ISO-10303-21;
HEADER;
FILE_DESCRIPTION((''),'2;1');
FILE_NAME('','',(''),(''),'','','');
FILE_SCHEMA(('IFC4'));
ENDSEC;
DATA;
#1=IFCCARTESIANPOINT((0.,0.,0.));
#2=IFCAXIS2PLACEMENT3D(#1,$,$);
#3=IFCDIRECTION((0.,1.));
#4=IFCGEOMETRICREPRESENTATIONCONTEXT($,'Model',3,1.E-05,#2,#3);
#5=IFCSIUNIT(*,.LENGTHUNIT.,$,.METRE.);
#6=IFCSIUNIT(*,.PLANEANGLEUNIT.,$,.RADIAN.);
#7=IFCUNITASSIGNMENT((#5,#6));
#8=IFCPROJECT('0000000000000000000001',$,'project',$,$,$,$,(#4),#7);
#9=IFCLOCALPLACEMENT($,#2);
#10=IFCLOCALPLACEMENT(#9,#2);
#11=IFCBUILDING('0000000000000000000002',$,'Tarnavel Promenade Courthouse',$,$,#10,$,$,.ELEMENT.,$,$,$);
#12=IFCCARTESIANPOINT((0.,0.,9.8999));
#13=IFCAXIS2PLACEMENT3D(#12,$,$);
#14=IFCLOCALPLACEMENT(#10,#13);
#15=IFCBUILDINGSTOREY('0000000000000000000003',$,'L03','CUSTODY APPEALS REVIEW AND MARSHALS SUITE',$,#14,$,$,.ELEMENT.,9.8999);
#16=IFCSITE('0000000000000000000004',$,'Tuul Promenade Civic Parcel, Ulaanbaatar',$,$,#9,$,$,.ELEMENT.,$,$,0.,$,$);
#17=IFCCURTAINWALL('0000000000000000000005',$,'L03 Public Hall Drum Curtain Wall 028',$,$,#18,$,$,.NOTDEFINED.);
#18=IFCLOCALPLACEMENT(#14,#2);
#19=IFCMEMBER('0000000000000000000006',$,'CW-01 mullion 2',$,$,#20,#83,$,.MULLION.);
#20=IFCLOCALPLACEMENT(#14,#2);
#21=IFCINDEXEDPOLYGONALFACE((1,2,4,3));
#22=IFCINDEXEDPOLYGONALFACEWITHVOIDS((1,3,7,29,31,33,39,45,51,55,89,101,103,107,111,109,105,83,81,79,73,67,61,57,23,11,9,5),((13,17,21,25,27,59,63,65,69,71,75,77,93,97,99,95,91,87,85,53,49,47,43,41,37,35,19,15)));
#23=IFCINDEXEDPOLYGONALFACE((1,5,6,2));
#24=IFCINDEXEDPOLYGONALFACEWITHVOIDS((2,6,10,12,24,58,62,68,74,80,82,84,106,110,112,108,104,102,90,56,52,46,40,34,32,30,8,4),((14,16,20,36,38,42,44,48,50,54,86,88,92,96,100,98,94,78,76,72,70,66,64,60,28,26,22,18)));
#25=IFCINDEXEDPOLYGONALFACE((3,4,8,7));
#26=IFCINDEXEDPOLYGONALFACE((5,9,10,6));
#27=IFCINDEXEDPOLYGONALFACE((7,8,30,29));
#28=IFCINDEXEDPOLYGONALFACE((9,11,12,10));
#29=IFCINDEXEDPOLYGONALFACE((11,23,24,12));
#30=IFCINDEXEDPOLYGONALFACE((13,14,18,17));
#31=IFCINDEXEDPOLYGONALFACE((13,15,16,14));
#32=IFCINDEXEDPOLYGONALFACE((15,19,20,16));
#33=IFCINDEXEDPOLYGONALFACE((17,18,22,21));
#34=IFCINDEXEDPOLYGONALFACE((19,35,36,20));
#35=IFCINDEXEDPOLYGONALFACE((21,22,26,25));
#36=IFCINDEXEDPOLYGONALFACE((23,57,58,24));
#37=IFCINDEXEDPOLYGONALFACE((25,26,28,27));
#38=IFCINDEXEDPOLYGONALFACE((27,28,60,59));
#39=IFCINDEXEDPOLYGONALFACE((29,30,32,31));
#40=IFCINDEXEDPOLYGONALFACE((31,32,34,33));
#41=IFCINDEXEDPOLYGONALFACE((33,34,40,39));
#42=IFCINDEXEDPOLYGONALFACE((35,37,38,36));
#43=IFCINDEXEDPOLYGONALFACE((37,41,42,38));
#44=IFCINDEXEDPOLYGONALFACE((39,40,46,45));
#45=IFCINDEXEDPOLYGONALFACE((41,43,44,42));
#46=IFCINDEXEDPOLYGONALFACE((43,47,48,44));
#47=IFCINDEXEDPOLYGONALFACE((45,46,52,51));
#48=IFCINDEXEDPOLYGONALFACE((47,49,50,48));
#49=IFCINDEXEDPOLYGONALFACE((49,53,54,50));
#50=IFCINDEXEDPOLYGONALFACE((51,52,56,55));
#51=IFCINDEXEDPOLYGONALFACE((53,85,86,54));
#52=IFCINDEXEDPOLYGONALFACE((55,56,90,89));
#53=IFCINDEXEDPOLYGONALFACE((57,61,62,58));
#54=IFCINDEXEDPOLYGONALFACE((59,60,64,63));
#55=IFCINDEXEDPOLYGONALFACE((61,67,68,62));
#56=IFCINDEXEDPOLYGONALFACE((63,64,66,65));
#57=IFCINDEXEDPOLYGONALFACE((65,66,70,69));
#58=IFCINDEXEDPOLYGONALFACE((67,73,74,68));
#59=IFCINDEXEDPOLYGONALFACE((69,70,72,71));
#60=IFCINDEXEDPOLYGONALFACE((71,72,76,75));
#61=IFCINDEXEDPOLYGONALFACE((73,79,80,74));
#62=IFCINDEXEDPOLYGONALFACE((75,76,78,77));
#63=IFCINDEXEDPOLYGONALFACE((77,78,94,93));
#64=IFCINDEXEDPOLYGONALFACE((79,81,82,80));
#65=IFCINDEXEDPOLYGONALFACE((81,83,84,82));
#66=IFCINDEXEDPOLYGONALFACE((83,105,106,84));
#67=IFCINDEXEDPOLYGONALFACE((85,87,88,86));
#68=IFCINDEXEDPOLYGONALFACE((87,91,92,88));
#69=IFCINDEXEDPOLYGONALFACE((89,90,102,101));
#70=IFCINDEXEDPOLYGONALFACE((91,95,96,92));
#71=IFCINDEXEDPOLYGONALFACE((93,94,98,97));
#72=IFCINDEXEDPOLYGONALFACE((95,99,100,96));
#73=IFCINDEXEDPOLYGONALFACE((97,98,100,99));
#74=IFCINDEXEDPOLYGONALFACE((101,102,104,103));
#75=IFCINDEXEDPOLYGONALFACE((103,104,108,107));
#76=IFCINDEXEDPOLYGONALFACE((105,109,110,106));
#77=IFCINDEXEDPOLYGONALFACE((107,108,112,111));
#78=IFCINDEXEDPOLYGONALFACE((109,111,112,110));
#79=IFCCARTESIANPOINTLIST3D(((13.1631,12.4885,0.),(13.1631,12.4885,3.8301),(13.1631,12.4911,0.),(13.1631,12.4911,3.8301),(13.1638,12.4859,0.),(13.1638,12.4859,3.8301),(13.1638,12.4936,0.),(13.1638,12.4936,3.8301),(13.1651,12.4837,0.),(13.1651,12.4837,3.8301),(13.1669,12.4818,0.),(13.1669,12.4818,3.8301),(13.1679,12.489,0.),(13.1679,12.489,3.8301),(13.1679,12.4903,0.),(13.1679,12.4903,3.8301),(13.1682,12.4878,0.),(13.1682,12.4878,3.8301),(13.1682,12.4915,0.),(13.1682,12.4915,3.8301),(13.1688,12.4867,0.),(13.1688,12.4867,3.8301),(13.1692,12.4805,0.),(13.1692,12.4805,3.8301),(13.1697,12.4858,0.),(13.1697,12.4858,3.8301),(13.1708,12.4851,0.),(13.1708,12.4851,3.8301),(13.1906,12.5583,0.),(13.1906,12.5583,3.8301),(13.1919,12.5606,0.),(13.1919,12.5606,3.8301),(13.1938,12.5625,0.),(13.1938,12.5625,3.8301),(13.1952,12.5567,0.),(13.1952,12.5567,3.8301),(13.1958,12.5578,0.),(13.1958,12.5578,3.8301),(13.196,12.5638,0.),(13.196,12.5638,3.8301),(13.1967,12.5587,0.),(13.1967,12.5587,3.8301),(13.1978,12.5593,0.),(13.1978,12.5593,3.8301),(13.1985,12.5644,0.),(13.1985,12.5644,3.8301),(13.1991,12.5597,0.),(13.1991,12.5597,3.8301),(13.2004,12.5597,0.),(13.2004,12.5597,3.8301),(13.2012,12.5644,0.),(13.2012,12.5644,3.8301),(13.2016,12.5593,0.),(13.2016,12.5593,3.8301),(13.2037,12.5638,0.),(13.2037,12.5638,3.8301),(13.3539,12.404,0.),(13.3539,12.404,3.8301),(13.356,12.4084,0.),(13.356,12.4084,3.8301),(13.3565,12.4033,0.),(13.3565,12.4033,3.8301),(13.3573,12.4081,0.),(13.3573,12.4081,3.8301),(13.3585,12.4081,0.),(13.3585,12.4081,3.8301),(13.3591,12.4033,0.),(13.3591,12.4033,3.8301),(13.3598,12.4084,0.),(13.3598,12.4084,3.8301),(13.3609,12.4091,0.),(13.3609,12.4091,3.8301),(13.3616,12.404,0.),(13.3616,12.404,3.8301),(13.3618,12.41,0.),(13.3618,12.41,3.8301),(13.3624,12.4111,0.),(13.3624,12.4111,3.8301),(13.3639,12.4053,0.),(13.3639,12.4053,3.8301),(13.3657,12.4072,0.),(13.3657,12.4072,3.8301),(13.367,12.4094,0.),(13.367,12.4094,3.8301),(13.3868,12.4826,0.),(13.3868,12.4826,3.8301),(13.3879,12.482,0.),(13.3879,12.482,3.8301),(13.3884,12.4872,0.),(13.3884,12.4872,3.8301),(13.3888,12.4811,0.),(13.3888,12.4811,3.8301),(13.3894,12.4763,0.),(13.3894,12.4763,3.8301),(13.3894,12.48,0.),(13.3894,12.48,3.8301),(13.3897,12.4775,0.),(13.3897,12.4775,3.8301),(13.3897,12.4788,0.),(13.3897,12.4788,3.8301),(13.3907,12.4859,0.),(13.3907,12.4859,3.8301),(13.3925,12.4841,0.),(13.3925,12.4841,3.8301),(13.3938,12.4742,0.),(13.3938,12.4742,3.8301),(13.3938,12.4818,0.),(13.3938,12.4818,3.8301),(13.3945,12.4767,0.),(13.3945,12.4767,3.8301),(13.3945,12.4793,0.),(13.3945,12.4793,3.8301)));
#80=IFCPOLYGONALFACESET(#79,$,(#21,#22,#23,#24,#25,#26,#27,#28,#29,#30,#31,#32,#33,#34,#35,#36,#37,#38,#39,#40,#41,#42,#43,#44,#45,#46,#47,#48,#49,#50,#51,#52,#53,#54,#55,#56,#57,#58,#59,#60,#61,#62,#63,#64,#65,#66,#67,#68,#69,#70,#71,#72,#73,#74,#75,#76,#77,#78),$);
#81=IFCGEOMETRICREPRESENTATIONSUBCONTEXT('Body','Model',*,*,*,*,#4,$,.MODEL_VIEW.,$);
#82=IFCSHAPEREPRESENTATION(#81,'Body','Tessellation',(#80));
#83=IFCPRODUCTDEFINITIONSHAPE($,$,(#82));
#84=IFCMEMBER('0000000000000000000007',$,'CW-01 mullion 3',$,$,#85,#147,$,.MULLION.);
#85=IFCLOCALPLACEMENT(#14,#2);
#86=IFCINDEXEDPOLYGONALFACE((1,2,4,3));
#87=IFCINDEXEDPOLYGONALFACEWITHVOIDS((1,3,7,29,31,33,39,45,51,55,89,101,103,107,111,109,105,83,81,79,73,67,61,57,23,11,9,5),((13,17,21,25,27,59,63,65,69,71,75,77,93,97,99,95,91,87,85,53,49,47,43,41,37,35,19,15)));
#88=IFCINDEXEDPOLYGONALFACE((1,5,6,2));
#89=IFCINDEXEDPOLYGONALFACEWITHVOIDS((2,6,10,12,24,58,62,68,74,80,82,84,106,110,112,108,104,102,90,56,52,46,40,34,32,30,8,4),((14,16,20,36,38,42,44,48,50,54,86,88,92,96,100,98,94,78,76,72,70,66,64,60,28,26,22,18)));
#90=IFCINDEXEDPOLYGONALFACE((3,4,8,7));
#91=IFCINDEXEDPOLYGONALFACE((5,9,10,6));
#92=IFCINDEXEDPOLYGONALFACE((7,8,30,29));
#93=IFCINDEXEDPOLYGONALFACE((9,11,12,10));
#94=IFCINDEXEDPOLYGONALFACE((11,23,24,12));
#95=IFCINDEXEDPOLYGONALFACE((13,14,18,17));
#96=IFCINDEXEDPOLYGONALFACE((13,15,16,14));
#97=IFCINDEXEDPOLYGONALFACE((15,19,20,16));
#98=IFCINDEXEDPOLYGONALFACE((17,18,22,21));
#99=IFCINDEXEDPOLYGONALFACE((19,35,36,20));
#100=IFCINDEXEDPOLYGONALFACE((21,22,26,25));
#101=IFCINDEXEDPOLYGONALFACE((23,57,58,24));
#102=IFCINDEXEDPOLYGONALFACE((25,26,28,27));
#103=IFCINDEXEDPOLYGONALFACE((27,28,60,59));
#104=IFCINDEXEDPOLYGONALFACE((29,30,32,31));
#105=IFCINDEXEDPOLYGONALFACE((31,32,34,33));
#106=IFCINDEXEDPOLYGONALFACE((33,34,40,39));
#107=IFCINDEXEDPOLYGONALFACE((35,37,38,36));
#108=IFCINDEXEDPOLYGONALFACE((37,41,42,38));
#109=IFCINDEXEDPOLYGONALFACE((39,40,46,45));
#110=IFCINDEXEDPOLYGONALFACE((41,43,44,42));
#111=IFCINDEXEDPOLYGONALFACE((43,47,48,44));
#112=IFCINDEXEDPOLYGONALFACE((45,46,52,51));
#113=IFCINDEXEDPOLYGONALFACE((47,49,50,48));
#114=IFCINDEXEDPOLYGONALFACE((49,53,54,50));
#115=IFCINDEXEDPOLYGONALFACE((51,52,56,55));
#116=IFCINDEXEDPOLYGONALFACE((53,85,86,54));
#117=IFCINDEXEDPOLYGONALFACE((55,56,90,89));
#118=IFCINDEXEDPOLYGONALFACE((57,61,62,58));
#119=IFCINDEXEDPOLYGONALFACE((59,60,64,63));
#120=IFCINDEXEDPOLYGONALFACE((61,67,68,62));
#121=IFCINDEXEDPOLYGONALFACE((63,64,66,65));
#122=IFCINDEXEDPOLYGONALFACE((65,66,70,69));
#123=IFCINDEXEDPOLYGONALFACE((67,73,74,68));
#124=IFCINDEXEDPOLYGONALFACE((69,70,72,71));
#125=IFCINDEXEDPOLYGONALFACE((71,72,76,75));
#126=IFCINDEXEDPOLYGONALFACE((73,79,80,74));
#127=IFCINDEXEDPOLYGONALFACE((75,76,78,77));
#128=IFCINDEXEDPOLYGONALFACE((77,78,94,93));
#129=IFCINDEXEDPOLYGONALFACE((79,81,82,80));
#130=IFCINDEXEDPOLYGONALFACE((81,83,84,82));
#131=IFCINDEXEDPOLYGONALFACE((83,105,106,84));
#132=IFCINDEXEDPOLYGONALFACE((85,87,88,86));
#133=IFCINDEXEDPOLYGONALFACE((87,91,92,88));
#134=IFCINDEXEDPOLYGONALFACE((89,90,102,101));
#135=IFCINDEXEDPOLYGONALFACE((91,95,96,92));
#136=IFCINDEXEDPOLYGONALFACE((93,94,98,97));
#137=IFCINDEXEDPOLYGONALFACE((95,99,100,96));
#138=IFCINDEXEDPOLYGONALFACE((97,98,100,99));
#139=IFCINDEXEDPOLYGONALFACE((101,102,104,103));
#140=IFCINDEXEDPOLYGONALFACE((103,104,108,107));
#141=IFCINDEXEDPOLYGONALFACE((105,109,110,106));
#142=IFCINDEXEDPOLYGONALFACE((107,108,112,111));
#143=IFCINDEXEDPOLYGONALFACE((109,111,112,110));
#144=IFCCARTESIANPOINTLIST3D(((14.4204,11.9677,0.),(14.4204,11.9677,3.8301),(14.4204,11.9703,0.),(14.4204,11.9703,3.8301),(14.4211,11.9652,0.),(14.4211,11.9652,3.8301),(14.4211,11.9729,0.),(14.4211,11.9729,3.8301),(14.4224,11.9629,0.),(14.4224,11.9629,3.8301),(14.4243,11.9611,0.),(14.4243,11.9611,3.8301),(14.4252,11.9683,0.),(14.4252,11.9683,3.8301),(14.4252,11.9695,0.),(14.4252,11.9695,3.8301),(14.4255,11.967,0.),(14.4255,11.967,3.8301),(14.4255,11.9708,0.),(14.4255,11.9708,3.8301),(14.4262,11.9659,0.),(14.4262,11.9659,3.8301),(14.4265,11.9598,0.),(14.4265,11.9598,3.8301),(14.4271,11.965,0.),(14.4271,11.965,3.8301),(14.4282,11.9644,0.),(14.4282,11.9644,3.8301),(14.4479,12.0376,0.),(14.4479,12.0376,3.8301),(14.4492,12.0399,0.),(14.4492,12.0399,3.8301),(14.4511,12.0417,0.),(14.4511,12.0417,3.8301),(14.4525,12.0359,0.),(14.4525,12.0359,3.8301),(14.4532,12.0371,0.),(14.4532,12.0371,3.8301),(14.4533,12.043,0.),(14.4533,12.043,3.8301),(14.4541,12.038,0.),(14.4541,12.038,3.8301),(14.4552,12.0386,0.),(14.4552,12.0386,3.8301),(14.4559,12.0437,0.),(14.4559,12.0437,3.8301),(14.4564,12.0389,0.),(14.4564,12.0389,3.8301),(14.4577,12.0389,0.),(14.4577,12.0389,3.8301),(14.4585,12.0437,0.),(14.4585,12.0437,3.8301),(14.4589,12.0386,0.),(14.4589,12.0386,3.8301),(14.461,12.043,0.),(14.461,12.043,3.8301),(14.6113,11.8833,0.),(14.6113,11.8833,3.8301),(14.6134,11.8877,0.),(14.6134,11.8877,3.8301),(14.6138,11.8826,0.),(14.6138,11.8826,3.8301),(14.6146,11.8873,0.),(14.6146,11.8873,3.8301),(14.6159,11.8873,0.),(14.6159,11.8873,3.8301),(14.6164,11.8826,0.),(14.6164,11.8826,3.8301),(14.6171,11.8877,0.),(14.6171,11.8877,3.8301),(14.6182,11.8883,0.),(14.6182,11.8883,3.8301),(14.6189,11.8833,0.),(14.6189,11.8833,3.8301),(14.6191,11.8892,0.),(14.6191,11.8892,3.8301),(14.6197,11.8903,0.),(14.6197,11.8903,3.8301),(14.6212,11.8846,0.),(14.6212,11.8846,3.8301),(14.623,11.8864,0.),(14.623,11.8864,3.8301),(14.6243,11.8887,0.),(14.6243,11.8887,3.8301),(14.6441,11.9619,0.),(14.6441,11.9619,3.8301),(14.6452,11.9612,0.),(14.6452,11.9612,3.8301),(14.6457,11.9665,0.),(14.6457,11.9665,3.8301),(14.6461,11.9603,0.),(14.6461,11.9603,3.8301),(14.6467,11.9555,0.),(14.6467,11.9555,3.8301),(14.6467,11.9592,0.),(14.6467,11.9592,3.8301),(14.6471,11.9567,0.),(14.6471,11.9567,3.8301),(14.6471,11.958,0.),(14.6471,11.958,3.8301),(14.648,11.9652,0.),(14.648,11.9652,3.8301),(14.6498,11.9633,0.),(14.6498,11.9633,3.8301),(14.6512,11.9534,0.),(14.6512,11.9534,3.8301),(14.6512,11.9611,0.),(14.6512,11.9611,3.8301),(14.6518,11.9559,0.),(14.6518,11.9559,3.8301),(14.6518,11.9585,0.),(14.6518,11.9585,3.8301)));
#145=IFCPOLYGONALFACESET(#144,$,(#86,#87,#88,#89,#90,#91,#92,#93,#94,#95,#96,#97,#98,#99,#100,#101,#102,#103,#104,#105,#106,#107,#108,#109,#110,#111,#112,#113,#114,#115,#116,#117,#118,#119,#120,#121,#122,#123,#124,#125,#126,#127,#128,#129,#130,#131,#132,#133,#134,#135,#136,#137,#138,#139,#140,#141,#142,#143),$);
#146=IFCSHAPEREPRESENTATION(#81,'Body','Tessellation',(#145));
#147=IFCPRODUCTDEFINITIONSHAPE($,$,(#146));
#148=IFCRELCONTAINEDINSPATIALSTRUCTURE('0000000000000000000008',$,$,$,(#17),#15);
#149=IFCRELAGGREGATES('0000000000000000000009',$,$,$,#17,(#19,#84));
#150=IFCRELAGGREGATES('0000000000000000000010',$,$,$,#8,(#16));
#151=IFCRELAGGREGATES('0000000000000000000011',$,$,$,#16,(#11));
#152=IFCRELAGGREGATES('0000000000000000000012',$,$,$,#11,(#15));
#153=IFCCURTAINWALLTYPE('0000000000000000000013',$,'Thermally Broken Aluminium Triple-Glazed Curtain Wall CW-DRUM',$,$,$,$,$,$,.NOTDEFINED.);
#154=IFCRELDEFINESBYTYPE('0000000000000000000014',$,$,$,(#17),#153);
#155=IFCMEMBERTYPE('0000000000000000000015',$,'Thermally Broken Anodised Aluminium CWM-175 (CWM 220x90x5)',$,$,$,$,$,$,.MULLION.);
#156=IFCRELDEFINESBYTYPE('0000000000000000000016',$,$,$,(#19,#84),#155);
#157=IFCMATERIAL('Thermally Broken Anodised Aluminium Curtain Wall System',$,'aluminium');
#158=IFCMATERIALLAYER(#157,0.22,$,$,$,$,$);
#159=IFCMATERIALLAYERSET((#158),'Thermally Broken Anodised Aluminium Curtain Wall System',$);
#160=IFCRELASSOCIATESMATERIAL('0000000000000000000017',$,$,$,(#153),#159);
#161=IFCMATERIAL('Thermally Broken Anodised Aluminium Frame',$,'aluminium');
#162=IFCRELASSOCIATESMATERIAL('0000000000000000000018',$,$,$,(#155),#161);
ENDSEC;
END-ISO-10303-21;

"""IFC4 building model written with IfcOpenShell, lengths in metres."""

from ifc_helpers import new_model, si_unit, direction, frame, origin, origin_2d, place, context, subcontext, project, spatial, hollow_rectangle, extrude, material, layer, layer_set, material_profile, profile_set, type_object, element, aggregate, save


model = new_model("IFC4")

# Units and contexts
model_context = context("Model", 3, precision=1e-05, world=origin(), true_north=direction((0.0, 1.0)))
body_context = subcontext(model_context, "Body", "Model", "MODEL_VIEW")
ifc_project = project(units=[si_unit("LENGTHUNIT", "METRE"), si_unit("PLANEANGLEUNIT", "RADIAN")], contexts=[model_context])

# Site, building, storey
site_placement = place(None, origin())
site = spatial("IfcSite", under=ifc_project, at=site_placement, Name="Tuul Promenade Civic Parcel, Ulaanbaatar", CompositionType="ELEMENT", RefElevation=0.0)
building_placement = place(site_placement, origin())
building = spatial("IfcBuilding", under=site, at=building_placement, Name="Tarnavel Promenade Courthouse", CompositionType="ELEMENT")
storey_placement = place(building_placement, frame((0.0, 0.0, 9.8999)))
storey = spatial("IfcBuildingStorey", under=building, at=storey_placement, Name="L03", Description="CUSTODY APPEALS REVIEW AND MARSHALS SUITE", CompositionType="ELEMENT", Elevation=9.8999)

# Curtain wall, members
ifc_material_1 = material(Name="Thermally Broken Anodised Aluminium Curtain Wall System", Category="aluminium")
ifc_layer_1 = layer(ifc_material_1, 0.22)
ifc_layer_set_1 = layer_set([ifc_layer_1], Name="Thermally Broken Anodised Aluminium Curtain Wall System")
curtain_wall_type = type_object("IfcCurtainWallType", Name="Thermally Broken Aluminium Triple-Glazed Curtain Wall CW-DRUM", PredefinedType="NOTDEFINED", material=ifc_layer_set_1)
curtain_wall_placement = place(storey_placement, origin())
curtain_wall = element("IfcCurtainWall", 1, at=curtain_wall_placement, inside=storey, type_object=curtain_wall_type, Name="L03 Public Hall Drum Curtain Wall 028", PredefinedType="NOTDEFINED")
ifc_material_2 = material(Name="Thermally Broken Anodised Aluminium Frame", Category="aluminium")
ifc_material_profile_1 = material_profile(ifc_material_2, hollow_rectangle(XDim=0.0901, YDim=0.22, WallThickness=0.0049, InnerFilletRadius=0.0049, OuterFilletRadius=0.01, at=origin_2d()), Name="CWM 220x90x5")
ifc_profile_set_1 = profile_set([ifc_material_profile_1], Name="Thermally Broken Anodised Aluminium Frame")
member_type_1 = type_object("IfcMemberType", Name="Thermally Broken Anodised Aluminium CWM-175 (CWM 220x90x5)", PredefinedType="MULLION", material=ifc_profile_set_1)
member_1_placement = place(storey_placement, frame((13.2788, 12.4839, 0.0), z_axis=(0.0, 0.0, 1.0), x_axis=(0.382685, 0.923879, 0.0)))
member_1 = element("IfcMember", 2, at=member_1_placement, type_object=member_type_1, Name="CW-01 mullion 2", PredefinedType="MULLION", context=body_context, shape_type="SweptSolid", body=[
    extrude(hollow_rectangle(XDim=0.0901, YDim=0.22, WallThickness=0.0049, InnerFilletRadius=0.0049, OuterFilletRadius=0.01, at=origin_2d()), origin(), (0.0, 0.0, 1.0), 3.8301),
])
member_2_placement = place(storey_placement, frame((14.5361, 11.9631, 0.0), z_axis=(0.0, 0.0, 1.0), x_axis=(0.382685, 0.923879, 0.0)))
member_2 = element("IfcMember", 3, at=member_2_placement, type_object=member_type_1, Name="CW-01 mullion 3", PredefinedType="MULLION", context=body_context, shape_type="SweptSolid", body=[
    extrude(hollow_rectangle(XDim=0.0901, YDim=0.22, WallThickness=0.0049, InnerFilletRadius=0.0049, OuterFilletRadius=0.01, at=origin_2d()), origin(), (0.0, 0.0, 1.0), 3.8301),
])

aggregate(curtain_wall, [member_1, member_2])

save(model, "model.ifc")
